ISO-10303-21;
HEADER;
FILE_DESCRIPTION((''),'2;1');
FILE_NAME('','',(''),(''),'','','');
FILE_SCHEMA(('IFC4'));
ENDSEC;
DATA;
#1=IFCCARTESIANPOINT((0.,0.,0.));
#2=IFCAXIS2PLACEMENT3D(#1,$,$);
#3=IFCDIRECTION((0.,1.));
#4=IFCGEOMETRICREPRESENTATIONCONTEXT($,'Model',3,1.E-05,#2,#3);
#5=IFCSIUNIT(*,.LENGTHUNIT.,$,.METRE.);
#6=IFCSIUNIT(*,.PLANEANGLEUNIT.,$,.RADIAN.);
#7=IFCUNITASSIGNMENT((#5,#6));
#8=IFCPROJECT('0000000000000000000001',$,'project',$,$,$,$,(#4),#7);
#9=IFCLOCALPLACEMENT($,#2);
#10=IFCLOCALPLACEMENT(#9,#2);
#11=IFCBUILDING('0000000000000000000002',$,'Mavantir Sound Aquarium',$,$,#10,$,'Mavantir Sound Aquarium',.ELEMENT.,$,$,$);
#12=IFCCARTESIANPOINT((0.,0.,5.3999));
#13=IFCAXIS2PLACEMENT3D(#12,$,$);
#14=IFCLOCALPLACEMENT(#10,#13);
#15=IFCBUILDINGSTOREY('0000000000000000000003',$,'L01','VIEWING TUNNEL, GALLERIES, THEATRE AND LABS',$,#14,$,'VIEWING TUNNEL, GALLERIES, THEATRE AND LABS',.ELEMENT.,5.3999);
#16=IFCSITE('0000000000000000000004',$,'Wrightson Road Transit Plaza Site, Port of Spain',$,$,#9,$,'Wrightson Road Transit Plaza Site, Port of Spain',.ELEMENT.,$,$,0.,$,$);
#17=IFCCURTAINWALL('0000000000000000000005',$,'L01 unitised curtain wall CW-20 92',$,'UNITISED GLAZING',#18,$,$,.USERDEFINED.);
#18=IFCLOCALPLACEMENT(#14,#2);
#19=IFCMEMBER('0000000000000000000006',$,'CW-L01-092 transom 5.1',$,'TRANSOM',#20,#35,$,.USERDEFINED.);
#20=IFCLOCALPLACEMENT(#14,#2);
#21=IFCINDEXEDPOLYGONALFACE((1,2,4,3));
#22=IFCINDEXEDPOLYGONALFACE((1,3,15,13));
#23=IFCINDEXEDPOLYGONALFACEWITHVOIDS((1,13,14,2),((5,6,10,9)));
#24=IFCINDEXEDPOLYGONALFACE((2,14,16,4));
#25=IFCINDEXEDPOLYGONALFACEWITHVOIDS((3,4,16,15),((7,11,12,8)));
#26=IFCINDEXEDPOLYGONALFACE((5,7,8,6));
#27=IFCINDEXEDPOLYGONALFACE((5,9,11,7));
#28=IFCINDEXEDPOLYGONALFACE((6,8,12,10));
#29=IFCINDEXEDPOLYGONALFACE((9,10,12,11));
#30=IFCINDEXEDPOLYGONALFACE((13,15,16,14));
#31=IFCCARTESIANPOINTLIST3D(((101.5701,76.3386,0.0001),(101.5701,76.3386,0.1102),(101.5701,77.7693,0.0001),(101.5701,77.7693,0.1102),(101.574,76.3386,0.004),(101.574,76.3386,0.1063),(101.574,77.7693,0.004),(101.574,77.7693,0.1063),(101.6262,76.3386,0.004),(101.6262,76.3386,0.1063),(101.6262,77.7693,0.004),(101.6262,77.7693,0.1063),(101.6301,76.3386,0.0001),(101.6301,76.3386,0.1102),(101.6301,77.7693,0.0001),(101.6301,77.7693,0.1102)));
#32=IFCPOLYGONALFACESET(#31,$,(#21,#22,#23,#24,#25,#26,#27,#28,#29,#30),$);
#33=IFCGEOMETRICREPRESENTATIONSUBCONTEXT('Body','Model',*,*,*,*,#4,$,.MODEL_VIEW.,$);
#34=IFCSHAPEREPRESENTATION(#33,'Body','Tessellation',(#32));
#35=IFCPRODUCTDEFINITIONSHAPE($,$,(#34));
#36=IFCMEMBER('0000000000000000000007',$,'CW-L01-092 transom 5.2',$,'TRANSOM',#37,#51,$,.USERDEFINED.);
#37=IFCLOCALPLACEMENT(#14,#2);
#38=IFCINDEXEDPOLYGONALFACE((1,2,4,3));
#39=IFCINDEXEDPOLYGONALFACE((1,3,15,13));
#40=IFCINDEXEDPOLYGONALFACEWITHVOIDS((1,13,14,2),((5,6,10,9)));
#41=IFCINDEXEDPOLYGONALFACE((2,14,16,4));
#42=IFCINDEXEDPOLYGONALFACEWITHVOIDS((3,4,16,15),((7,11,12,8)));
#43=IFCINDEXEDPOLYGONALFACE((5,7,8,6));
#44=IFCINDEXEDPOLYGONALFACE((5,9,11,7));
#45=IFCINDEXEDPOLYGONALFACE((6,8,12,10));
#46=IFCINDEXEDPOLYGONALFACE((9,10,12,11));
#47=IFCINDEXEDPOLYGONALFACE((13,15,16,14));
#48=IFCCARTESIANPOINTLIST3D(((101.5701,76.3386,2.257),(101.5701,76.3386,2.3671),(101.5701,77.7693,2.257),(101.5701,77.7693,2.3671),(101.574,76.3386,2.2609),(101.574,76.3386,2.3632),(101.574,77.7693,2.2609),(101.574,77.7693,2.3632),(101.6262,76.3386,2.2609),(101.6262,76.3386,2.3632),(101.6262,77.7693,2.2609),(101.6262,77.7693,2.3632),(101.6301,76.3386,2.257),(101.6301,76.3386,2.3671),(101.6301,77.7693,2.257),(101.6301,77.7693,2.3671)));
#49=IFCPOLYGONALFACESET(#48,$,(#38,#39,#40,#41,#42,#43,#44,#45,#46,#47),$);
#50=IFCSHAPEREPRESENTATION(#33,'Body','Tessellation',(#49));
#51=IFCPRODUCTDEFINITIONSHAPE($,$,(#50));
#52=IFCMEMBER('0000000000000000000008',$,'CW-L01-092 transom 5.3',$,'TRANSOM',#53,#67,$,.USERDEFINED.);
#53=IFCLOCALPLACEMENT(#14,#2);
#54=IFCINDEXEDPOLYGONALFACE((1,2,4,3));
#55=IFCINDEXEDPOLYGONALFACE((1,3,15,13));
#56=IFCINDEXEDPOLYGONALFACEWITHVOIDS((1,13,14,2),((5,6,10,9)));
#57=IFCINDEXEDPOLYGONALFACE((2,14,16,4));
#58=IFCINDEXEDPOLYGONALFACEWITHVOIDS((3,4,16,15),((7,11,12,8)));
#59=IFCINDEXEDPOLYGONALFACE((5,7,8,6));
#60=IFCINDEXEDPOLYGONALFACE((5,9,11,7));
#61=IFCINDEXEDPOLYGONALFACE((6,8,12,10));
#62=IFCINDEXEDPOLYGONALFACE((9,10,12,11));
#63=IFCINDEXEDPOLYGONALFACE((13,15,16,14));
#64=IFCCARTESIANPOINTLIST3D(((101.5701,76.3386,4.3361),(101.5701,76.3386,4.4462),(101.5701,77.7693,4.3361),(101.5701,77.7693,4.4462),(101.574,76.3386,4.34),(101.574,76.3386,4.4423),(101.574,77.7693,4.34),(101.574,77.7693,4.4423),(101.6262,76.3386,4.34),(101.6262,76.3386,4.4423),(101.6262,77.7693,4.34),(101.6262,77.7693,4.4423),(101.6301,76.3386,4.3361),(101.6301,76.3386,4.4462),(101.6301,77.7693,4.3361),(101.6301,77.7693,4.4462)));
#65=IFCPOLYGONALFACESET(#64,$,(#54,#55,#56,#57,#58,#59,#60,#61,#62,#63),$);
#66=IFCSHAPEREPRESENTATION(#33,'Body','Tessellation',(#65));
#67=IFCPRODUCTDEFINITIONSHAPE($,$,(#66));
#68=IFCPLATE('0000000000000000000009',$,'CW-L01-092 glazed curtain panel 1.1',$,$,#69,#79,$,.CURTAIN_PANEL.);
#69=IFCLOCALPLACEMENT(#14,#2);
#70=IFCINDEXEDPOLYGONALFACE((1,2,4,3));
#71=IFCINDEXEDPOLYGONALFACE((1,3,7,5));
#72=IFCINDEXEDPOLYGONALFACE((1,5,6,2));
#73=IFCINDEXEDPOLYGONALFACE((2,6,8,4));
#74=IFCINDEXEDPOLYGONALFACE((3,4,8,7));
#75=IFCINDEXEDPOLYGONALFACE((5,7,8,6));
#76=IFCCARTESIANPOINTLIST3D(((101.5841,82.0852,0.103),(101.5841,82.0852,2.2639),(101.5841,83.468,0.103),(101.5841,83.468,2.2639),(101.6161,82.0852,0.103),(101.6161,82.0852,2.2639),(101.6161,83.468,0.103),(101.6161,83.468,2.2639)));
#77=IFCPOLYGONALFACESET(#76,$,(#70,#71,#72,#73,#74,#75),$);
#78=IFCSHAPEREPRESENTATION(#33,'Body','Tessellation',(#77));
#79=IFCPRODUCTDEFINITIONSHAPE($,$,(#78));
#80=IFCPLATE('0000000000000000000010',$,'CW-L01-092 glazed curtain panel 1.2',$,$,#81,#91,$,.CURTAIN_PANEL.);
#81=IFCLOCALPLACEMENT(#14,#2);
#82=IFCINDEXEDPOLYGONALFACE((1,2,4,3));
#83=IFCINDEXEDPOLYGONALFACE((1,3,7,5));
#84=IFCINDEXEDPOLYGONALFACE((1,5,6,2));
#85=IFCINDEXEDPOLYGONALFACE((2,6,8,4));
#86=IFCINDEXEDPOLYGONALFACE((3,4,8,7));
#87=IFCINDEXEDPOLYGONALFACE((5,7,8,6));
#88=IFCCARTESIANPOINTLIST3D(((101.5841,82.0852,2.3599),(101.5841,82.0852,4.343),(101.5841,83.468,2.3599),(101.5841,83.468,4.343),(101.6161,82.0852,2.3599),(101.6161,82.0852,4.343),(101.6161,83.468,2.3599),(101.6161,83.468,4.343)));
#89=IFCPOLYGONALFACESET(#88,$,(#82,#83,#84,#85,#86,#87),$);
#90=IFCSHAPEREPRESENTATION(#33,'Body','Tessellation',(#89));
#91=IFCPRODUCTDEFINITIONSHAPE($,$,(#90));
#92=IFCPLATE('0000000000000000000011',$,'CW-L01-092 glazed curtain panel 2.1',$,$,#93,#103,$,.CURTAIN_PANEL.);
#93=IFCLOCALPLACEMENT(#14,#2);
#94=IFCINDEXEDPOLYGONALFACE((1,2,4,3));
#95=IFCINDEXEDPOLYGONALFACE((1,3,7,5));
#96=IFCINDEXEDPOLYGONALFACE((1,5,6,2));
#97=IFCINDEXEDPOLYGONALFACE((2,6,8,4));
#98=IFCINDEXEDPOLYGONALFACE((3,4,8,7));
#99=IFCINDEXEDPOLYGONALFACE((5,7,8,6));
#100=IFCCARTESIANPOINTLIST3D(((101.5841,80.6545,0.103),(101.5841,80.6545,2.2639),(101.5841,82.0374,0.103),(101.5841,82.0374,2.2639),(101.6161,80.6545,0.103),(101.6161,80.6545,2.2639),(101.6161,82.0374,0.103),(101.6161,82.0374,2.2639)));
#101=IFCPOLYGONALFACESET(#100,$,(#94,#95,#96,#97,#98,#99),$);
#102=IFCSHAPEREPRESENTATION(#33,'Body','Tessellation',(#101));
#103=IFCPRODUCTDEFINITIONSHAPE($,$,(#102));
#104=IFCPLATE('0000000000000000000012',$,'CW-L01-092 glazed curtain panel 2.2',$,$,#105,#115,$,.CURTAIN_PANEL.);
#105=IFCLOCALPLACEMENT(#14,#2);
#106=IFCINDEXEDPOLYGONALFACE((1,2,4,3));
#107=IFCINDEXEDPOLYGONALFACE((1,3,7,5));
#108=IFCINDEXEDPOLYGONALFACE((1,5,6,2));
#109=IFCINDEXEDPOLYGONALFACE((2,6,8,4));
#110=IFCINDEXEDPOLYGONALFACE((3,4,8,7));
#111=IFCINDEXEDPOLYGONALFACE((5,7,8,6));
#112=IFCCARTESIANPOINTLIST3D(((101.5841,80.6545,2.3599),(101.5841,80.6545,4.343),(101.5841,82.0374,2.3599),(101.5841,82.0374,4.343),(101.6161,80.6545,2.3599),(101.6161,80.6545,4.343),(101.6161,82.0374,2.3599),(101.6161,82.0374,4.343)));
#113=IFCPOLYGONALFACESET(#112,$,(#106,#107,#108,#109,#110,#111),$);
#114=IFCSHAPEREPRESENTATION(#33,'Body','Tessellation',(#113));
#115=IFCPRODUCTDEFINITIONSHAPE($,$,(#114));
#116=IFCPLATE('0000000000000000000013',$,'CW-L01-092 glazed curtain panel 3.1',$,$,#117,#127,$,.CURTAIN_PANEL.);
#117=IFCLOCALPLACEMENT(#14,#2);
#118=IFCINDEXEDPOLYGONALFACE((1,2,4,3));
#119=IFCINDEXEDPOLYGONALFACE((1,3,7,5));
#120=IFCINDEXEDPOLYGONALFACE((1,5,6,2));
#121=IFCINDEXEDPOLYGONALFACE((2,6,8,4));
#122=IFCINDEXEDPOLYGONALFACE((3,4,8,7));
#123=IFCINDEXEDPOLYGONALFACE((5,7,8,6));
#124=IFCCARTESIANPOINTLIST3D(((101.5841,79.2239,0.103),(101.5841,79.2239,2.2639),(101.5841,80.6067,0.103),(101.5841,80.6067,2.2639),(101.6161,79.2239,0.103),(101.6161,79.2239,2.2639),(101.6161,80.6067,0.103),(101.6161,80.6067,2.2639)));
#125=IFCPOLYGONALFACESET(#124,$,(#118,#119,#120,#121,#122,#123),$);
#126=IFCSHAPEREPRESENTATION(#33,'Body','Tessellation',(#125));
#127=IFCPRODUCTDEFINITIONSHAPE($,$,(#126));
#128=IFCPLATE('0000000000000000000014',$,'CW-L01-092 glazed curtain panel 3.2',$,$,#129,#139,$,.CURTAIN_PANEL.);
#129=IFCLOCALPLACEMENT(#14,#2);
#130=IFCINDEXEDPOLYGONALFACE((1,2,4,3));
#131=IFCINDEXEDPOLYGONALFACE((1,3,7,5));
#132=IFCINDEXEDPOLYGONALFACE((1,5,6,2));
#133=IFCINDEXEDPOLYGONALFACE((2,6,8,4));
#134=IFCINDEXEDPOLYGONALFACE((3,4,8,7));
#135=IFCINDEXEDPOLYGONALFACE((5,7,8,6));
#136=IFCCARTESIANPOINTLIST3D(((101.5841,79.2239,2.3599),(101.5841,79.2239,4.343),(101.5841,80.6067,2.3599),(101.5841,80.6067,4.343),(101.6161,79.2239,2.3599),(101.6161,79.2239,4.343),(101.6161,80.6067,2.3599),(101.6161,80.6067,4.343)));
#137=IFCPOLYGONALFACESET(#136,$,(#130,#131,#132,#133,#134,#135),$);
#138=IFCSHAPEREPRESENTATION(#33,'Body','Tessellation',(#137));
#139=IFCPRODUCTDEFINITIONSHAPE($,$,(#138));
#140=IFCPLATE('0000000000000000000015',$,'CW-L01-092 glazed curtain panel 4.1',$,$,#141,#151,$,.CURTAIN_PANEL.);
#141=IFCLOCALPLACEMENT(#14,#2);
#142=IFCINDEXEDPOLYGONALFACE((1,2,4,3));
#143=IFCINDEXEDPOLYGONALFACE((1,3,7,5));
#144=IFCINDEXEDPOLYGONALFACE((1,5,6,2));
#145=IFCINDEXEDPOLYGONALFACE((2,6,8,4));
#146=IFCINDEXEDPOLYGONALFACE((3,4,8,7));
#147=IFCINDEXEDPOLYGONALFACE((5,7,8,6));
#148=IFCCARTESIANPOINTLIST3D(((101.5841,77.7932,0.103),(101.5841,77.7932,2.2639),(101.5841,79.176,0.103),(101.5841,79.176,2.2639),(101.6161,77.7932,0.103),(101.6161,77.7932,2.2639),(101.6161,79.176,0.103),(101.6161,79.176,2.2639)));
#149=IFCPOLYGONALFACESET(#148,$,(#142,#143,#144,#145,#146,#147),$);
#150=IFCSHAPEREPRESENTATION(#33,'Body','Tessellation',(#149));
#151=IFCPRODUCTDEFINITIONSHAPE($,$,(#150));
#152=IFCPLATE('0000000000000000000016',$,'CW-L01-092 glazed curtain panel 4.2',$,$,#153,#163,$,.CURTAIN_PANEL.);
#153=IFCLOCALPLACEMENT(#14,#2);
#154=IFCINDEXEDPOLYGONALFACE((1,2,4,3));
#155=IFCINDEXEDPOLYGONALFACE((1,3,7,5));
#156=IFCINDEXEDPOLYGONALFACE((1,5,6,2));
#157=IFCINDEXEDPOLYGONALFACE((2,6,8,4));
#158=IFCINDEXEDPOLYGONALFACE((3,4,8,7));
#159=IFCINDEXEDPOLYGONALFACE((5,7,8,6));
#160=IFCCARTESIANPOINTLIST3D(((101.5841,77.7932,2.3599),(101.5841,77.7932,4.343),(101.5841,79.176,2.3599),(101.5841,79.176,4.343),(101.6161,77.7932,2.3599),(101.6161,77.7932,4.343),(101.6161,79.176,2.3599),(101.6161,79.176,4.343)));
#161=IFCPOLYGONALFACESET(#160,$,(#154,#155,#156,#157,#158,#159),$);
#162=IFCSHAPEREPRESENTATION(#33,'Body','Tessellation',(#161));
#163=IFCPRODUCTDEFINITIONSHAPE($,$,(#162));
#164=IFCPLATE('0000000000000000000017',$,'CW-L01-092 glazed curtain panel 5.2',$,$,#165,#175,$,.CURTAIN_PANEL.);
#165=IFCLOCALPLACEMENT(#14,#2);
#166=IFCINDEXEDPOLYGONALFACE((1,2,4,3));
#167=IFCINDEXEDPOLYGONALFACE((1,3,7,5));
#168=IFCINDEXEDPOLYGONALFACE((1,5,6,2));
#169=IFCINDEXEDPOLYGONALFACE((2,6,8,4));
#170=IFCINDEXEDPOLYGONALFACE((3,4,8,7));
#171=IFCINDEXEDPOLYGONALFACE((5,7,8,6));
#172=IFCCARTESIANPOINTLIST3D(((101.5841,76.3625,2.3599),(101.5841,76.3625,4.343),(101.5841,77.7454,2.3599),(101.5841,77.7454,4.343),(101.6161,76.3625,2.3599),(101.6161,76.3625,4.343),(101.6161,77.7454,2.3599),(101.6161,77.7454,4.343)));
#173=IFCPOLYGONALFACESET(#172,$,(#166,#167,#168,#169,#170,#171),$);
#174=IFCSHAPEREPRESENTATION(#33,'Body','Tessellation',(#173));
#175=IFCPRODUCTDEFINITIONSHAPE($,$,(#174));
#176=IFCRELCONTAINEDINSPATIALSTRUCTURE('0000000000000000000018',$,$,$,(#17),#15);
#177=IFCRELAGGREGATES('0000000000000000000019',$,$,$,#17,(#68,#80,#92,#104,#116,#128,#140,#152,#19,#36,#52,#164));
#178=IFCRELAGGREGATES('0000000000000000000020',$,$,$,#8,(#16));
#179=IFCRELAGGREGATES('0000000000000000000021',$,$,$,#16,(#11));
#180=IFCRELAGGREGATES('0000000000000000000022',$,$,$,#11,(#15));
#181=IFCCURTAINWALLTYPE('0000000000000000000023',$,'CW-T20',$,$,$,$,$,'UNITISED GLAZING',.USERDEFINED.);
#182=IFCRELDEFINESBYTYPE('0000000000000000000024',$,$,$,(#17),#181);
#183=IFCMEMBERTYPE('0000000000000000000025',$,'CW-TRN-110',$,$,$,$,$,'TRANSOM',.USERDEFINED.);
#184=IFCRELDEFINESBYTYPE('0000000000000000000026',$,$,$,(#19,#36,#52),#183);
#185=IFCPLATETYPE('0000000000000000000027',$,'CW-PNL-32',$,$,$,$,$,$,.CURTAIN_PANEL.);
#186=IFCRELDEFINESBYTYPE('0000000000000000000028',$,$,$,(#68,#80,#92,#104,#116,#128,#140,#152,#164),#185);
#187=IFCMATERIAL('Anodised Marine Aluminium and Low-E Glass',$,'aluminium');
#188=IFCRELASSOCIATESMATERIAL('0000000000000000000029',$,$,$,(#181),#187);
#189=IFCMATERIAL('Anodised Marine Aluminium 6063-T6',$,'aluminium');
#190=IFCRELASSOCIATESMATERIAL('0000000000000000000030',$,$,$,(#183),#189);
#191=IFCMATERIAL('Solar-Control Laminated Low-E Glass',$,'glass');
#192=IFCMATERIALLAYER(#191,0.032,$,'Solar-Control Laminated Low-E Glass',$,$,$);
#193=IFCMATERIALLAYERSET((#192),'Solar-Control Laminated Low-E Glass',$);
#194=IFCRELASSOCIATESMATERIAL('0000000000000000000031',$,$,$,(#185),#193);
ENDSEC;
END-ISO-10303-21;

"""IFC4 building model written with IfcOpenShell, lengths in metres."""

from ifc_helpers import new_model, si_unit, direction, frame, origin, origin_2d, place, context, subcontext, project, spatial, rectangle, hollow_rectangle, extrude, material, layer, layer_set, material_profile, profile_set, type_object, element, aggregate, save


model = new_model("IFC4")

# Units and contexts
model_context = context("Model", 3, precision=1e-05, world=origin(), true_north=direction((0.0, 1.0)))
body_context = subcontext(model_context, "Body", "Model", "MODEL_VIEW")
ifc_project = project(units=[si_unit("LENGTHUNIT", "METRE"), si_unit("PLANEANGLEUNIT", "RADIAN")], contexts=[model_context])

# Site, building, storey
site_placement = place(None, origin())
site = spatial("IfcSite", under=ifc_project, at=site_placement, Name="Wrightson Road Transit Plaza Site, Port of Spain", LongName="Wrightson Road Transit Plaza Site, Port of Spain", CompositionType="ELEMENT", RefElevation=0.0)
building_placement = place(site_placement, origin())
building = spatial("IfcBuilding", under=site, at=building_placement, Name="Mavantir Sound Aquarium", LongName="Mavantir Sound Aquarium", CompositionType="ELEMENT")
storey_placement = place(building_placement, frame((0.0, 0.0, 5.3999)))
storey = spatial("IfcBuildingStorey", under=building, at=storey_placement, Name="L01", Description="VIEWING TUNNEL, GALLERIES, THEATRE AND LABS", LongName="VIEWING TUNNEL, GALLERIES, THEATRE AND LABS", CompositionType="ELEMENT", Elevation=5.3999)

# Curtain wall, members, plates
ifc_material_1 = material(Name="Anodised Marine Aluminium and Low-E Glass", Category="aluminium")
curtain_wall_type = type_object("IfcCurtainWallType", Name="CW-T20", ElementType="UNITISED GLAZING", PredefinedType="USERDEFINED", material=ifc_material_1)
curtain_wall_placement = place(storey_placement, origin())
curtain_wall = element("IfcCurtainWall", 1, at=curtain_wall_placement, inside=storey, type_object=curtain_wall_type, Name="L01 unitised curtain wall CW-20 92", ObjectType="UNITISED GLAZING", PredefinedType="USERDEFINED")
ifc_material_2 = material(Name="Anodised Marine Aluminium 6063-T6", Category="aluminium")
ifc_material_profile_1 = material_profile(ifc_material_2, hollow_rectangle(XDim=0.0601, YDim=0.1101, WallThickness=0.0039, at=origin_2d()), Name="ALU-TRANSOM-110X60")
ifc_profile_set_1 = profile_set([ifc_material_profile_1], Name="Anodised Marine Aluminium 6063-T6")
member_type_1 = type_object("IfcMemberType", Name="CW-TRN-110", ElementType="TRANSOM", PredefinedType="USERDEFINED", material=ifc_profile_set_1)
member_1_placement = place(storey_placement, frame((101.6001, 77.7693, 0.0552), z_axis=(0.0, -1.0, 0.0), x_axis=(1.0, 0.0, 0.0)))
member_1 = element("IfcMember", 2, at=member_1_placement, type_object=member_type_1, Name="CW-L01-092 transom 5.1", ObjectType="TRANSOM", PredefinedType="USERDEFINED", context=body_context, shape_type="SweptSolid", body=[
    extrude(hollow_rectangle(XDim=0.0601, YDim=0.1101, WallThickness=0.0039, at=origin_2d()), origin(), (0.0, 0.0, 1.0), 1.4307),
])
member_2_placement = place(storey_placement, frame((101.6001, 77.7693, 2.312), z_axis=(0.0, -1.0, 0.0), x_axis=(1.0, 0.0, 0.0)))
member_2 = element("IfcMember", 3, at=member_2_placement, type_object=member_type_1, Name="CW-L01-092 transom 5.2", ObjectType="TRANSOM", PredefinedType="USERDEFINED", context=body_context, shape_type="SweptSolid", body=[
    extrude(hollow_rectangle(XDim=0.0601, YDim=0.1101, WallThickness=0.0039, at=origin_2d()), origin(), (0.0, 0.0, 1.0), 1.4307),
])
member_3_placement = place(storey_placement, frame((101.6001, 77.7693, 4.3911), z_axis=(0.0, -1.0, 0.0), x_axis=(1.0, 0.0, 0.0)))
member_3 = element("IfcMember", 4, at=member_3_placement, type_object=member_type_1, Name="CW-L01-092 transom 5.3", ObjectType="TRANSOM", PredefinedType="USERDEFINED", context=body_context, shape_type="SweptSolid", body=[
    extrude(hollow_rectangle(XDim=0.0601, YDim=0.1101, WallThickness=0.0039, at=origin_2d()), origin(), (0.0, 0.0, 1.0), 1.4307),
])
ifc_material_3 = material(Name="Solar-Control Laminated Low-E Glass", Category="glass")
ifc_layer = layer(ifc_material_3, 0.032, Name="Solar-Control Laminated Low-E Glass")
ifc_layer_set = layer_set([ifc_layer], Name="Solar-Control Laminated Low-E Glass")
plate_type = type_object("IfcPlateType", Name="CW-PNL-32", PredefinedType="CURTAIN_PANEL", material=ifc_layer_set)
plate_1_placement = place(storey_placement, frame((101.6001, 82.7766, 0.103), z_axis=(0.0, 0.0, 1.0), x_axis=(0.0, -1.0, 0.0)))
plate_1 = element("IfcPlate", 5, at=plate_1_placement, type_object=plate_type, Name="CW-L01-092 glazed curtain panel 1.1", PredefinedType="CURTAIN_PANEL", context=body_context, shape_type="SweptSolid", body=[
    extrude(rectangle(XDim=1.3828, YDim=0.032, at=origin_2d()), origin(), (0.0, 0.0, 1.0), 2.1609),
])
plate_2_placement = place(storey_placement, frame((101.6001, 82.7766, 2.3599), z_axis=(0.0, 0.0, 1.0), x_axis=(0.0, -1.0, 0.0)))
plate_2 = element("IfcPlate", 6, at=plate_2_placement, type_object=plate_type, Name="CW-L01-092 glazed curtain panel 1.2", PredefinedType="CURTAIN_PANEL", context=body_context, shape_type="SweptSolid", body=[
    extrude(rectangle(XDim=1.3828, YDim=0.032, at=origin_2d()), origin(), (0.0, 0.0, 1.0), 1.9832),
])
plate_3_placement = place(storey_placement, frame((101.6001, 81.3459, 0.103), z_axis=(0.0, 0.0, 1.0), x_axis=(0.0, -1.0, 0.0)))
plate_3 = element("IfcPlate", 7, at=plate_3_placement, type_object=plate_type, Name="CW-L01-092 glazed curtain panel 2.1", PredefinedType="CURTAIN_PANEL", context=body_context, shape_type="SweptSolid", body=[
    extrude(rectangle(XDim=1.3828, YDim=0.032, at=origin_2d()), origin(), (0.0, 0.0, 1.0), 2.1609),
])
plate_4_placement = place(storey_placement, frame((101.6001, 81.3459, 2.3599), z_axis=(0.0, 0.0, 1.0), x_axis=(0.0, -1.0, 0.0)))
plate_4 = element("IfcPlate", 8, at=plate_4_placement, type_object=plate_type, Name="CW-L01-092 glazed curtain panel 2.2", PredefinedType="CURTAIN_PANEL", context=body_context, shape_type="SweptSolid", body=[
    extrude(rectangle(XDim=1.3828, YDim=0.032, at=origin_2d()), origin(), (0.0, 0.0, 1.0), 1.9832),
])
plate_5_placement = place(storey_placement, frame((101.6001, 79.9153, 0.103), z_axis=(0.0, 0.0, 1.0), x_axis=(0.0, -1.0, 0.0)))
plate_5 = element("IfcPlate", 9, at=plate_5_placement, type_object=plate_type, Name="CW-L01-092 glazed curtain panel 3.1", PredefinedType="CURTAIN_PANEL", context=body_context, shape_type="SweptSolid", body=[
    extrude(rectangle(XDim=1.3828, YDim=0.032, at=origin_2d()), origin(), (0.0, 0.0, 1.0), 2.1609),
])
plate_6_placement = place(storey_placement, frame((101.6001, 79.9153, 2.3599), z_axis=(0.0, 0.0, 1.0), x_axis=(0.0, -1.0, 0.0)))
plate_6 = element("IfcPlate", 10, at=plate_6_placement, type_object=plate_type, Name="CW-L01-092 glazed curtain panel 3.2", PredefinedType="CURTAIN_PANEL", context=body_context, shape_type="SweptSolid", body=[
    extrude(rectangle(XDim=1.3828, YDim=0.032, at=origin_2d()), origin(), (0.0, 0.0, 1.0), 1.9832),
])
plate_7_placement = place(storey_placement, frame((101.6001, 78.4846, 0.103), z_axis=(0.0, 0.0, 1.0), x_axis=(0.0, -1.0, 0.0)))
plate_7 = element("IfcPlate", 11, at=plate_7_placement, type_object=plate_type, Name="CW-L01-092 glazed curtain panel 4.1", PredefinedType="CURTAIN_PANEL", context=body_context, shape_type="SweptSolid", body=[
    extrude(rectangle(XDim=1.3828, YDim=0.032, at=origin_2d()), origin(), (0.0, 0.0, 1.0), 2.1609),
])
plate_8_placement = place(storey_placement, frame((101.6001, 78.4846, 2.3599), z_axis=(0.0, 0.0, 1.0), x_axis=(0.0, -1.0, 0.0)))
plate_8 = element("IfcPlate", 12, at=plate_8_placement, type_object=plate_type, Name="CW-L01-092 glazed curtain panel 4.2", PredefinedType="CURTAIN_PANEL", context=body_context, shape_type="SweptSolid", body=[
    extrude(rectangle(XDim=1.3828, YDim=0.032, at=origin_2d()), origin(), (0.0, 0.0, 1.0), 1.9832),
])
plate_9_placement = place(storey_placement, frame((101.6001, 77.054, 2.3599), z_axis=(0.0, 0.0, 1.0), x_axis=(0.0, -1.0, 0.0)))
plate_9 = element("IfcPlate", 13, at=plate_9_placement, type_object=plate_type, Name="CW-L01-092 glazed curtain panel 5.2", PredefinedType="CURTAIN_PANEL", context=body_context, shape_type="SweptSolid", body=[
    extrude(rectangle(XDim=1.3828, YDim=0.032, at=origin_2d()), origin(), (0.0, 0.0, 1.0), 1.9832),
])
aggregate(curtain_wall, [plate_1, plate_2, plate_3, plate_4, plate_5, plate_6, plate_7, plate_8, member_1, member_2, member_3, plate_9])

save(model, "model.ifc")
